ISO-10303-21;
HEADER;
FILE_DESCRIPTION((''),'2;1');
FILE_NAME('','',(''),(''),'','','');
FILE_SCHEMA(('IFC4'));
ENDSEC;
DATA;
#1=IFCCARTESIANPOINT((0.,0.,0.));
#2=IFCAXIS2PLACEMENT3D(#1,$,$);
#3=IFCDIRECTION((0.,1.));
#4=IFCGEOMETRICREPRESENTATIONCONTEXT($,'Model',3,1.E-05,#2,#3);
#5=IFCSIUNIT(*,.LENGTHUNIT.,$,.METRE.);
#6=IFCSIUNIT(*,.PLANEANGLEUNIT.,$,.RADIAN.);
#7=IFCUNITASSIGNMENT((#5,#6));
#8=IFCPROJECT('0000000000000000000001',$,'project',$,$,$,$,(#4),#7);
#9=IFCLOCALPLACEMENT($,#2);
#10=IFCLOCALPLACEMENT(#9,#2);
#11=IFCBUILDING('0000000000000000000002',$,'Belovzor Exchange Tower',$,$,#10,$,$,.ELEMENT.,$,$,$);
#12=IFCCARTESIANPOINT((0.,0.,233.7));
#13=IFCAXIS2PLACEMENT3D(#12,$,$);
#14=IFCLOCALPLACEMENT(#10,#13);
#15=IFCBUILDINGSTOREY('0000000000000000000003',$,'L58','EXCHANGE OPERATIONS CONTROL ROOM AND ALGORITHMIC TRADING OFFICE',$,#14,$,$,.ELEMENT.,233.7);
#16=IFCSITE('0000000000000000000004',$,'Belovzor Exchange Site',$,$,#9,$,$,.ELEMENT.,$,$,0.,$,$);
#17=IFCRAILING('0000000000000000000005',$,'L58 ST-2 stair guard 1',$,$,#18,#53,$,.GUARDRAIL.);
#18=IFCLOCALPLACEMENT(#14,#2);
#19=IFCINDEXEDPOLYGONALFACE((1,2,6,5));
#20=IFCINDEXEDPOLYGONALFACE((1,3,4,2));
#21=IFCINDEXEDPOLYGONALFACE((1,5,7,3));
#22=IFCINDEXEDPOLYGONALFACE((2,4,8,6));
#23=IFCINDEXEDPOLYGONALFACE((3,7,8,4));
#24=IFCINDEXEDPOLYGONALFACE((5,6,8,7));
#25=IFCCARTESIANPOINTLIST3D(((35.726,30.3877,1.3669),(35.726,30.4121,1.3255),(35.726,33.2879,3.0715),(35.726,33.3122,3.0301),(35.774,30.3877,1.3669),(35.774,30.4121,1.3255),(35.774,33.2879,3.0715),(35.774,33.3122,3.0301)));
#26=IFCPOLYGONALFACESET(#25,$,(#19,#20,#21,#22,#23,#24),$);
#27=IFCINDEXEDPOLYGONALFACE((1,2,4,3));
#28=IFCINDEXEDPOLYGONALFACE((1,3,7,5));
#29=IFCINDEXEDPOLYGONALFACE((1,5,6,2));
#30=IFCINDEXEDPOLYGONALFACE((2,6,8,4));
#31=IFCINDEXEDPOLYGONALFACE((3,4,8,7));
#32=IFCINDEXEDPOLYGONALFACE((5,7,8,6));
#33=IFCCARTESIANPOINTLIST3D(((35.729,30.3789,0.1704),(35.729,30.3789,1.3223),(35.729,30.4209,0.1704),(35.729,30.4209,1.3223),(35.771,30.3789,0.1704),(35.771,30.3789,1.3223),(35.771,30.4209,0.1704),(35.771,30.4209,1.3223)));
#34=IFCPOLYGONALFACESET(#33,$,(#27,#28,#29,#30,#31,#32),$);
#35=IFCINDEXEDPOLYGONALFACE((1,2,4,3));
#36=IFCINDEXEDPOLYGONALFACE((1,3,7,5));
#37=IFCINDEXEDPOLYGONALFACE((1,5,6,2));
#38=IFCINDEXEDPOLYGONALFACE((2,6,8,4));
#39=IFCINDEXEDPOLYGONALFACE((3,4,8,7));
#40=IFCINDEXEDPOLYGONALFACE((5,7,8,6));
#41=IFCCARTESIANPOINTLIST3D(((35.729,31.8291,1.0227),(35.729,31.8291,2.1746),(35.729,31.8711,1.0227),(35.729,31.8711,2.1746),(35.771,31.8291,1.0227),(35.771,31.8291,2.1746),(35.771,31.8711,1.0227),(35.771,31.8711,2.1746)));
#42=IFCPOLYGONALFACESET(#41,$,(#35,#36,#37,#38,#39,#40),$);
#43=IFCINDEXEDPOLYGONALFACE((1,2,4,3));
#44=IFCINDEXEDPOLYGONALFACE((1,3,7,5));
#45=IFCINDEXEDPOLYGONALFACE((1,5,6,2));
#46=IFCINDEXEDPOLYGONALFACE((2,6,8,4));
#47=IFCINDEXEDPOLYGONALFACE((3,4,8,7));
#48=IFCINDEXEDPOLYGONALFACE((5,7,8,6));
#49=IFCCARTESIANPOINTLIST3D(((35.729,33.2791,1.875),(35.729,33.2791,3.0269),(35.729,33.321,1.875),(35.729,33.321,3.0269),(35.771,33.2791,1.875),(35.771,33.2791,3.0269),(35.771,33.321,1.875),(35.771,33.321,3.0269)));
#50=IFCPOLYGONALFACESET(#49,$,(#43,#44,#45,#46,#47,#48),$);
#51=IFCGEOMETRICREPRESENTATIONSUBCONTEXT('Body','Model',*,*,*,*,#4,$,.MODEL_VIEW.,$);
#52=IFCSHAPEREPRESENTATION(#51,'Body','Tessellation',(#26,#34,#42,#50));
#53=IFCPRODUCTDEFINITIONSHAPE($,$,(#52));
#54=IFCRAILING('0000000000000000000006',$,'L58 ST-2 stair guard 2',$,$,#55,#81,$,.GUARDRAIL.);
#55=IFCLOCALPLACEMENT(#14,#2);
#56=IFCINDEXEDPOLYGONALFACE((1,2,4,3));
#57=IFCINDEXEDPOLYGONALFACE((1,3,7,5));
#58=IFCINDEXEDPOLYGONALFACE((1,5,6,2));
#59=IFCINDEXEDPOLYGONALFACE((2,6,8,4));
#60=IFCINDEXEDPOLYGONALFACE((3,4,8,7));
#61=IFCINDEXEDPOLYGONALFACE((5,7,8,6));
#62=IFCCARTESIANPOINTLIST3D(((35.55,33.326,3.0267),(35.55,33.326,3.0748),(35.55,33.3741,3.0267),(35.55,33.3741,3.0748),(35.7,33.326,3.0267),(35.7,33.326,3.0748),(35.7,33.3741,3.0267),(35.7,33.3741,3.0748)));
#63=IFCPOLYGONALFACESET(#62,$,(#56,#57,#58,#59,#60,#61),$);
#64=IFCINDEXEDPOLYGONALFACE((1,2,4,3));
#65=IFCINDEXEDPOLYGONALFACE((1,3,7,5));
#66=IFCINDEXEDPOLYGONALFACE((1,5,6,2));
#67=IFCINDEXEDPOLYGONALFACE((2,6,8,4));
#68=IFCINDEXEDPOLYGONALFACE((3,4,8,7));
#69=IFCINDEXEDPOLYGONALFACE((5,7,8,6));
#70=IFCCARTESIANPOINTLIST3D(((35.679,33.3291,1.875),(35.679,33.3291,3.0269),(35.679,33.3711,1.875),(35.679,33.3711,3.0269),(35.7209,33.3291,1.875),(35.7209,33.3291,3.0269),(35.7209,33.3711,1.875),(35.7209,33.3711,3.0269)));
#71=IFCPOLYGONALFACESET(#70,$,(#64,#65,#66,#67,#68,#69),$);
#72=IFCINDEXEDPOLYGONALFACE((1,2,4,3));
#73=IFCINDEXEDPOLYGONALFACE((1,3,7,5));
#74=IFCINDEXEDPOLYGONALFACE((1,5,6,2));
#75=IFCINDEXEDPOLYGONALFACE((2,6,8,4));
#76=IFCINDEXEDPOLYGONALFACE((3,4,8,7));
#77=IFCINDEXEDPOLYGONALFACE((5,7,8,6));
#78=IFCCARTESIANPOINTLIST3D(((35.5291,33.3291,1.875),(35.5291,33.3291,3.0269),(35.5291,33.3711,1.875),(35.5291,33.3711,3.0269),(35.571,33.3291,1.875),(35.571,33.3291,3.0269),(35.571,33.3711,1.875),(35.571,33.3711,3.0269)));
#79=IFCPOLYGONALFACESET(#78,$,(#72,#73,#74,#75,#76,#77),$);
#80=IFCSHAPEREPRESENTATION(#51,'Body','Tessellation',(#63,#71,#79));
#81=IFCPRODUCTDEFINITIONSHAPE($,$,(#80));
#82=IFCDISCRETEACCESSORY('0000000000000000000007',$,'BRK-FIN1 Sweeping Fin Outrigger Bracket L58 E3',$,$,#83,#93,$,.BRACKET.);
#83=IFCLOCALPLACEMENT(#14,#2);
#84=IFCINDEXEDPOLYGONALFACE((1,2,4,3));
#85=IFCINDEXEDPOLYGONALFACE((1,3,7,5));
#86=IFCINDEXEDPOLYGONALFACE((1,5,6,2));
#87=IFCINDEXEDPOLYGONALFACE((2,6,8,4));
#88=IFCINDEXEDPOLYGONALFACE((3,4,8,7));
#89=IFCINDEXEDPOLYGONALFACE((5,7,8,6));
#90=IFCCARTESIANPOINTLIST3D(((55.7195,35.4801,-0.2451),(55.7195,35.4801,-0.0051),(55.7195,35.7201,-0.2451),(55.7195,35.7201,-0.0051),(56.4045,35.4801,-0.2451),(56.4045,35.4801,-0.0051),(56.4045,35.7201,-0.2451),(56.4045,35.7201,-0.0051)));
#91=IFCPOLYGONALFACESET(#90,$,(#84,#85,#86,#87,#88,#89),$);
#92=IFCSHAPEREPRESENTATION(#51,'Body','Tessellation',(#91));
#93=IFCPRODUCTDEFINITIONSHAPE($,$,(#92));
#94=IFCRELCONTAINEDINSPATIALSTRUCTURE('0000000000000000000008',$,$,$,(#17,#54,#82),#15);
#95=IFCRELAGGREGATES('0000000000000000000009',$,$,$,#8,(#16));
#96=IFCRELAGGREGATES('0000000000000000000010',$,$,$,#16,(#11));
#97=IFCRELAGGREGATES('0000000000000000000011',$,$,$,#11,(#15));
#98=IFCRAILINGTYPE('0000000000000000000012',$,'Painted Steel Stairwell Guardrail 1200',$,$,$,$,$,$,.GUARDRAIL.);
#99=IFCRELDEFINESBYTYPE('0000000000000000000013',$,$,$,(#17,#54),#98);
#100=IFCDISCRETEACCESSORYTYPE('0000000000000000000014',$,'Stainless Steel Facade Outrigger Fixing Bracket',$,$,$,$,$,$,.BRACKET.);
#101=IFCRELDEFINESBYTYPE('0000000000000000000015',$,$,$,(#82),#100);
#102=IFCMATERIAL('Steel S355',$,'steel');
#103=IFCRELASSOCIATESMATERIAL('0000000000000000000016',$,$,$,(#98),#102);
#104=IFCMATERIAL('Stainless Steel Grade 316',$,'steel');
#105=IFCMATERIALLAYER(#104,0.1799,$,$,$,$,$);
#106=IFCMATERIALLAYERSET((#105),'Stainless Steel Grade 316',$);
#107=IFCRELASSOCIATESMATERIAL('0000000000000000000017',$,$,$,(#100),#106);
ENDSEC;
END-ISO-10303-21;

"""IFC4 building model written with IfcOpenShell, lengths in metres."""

from ifc_helpers import new_model, si_unit, direction, frame, origin, origin_2d, place, context, subcontext, project, spatial, rectangle, extrude, material, layer, layer_set, type_object, element, save


model = new_model("IFC4")

# Units and contexts
model_context = context("Model", 3, precision=1e-05, world=origin(), true_north=direction((0.0, 1.0)))
body_context = subcontext(model_context, "Body", "Model", "MODEL_VIEW")
ifc_project = project(units=[si_unit("LENGTHUNIT", "METRE"), si_unit("PLANEANGLEUNIT", "RADIAN")], contexts=[model_context])

# Site, building, storey
site_placement = place(None, origin())
site = spatial("IfcSite", under=ifc_project, at=site_placement, Name="Belovzor Exchange Site", CompositionType="ELEMENT", RefElevation=0.0)
building_placement = place(site_placement, origin())
building = spatial("IfcBuilding", under=site, at=building_placement, Name="Belovzor Exchange Tower", CompositionType="ELEMENT")
storey_placement = place(building_placement, frame((0.0, 0.0, 233.7)))
storey = spatial("IfcBuildingStorey", under=building, at=storey_placement, Name="L58", Description="EXCHANGE OPERATIONS CONTROL ROOM AND ALGORITHMIC TRADING OFFICE", CompositionType="ELEMENT", Elevation=233.7)

# Railings
ifc_material_1 = material(Name="Steel S355", Category="steel")
railing_type_1 = type_object("IfcRailingType", Name="Painted Steel Stairwell Guardrail 1200", PredefinedType="GUARDRAIL", material=ifc_material_1)
railing_1_placement = place(storey_placement, frame((35.75, 30.3999, 0.1704)))
element("IfcRailing", 1, at=railing_1_placement, inside=storey, type_object=railing_type_1, Name="L58 ST-2 stair guard 1", PredefinedType="GUARDRAIL", context=body_context, shape_type="SweptSolid", body=[
    extrude(rectangle(XDim=0.0481, YDim=0.0481, at=origin_2d()), frame((0.0, 0.0, 1.1758), z_axis=(0.0, 0.862113, 0.506716), x_axis=(-1.0, 0.0, 0.0)), (0.0, 0.0, 1.0), 3.364),
    extrude(rectangle(XDim=0.042, YDim=0.042, at=origin_2d()), origin(), (0.0, 0.0, 1.0), 1.1519),
    extrude(rectangle(XDim=0.042, YDim=0.042, at=origin_2d()), frame((0.0, 1.4502, 0.8523)), (0.0, 0.0, 1.0), 1.1519),
    extrude(rectangle(XDim=0.042, YDim=0.042, at=origin_2d()), frame((0.0, 2.9001, 1.7046)), (0.0, 0.0, 1.0), 1.1519),
])
railing_2_placement = place(storey_placement, frame((35.7, 33.3501, 1.875)))
element("IfcRailing", 2, at=railing_2_placement, inside=storey, type_object=railing_type_1, Name="L58 ST-2 stair guard 2", PredefinedType="GUARDRAIL", context=body_context, shape_type="SweptSolid", body=[
    extrude(rectangle(XDim=0.0481, YDim=0.0481, at=origin_2d()), frame((0.0, 0.0, 1.1758), z_axis=(-1.0, 0.0, 0.0), x_axis=(0.0, -1.0, 0.0)), (0.0, 0.0, 1.0), 0.1499),
    extrude(rectangle(XDim=0.042, YDim=0.042, at=origin_2d()), origin(), (0.0, 0.0, 1.0), 1.1519),
    extrude(rectangle(XDim=0.042, YDim=0.042, at=origin_2d()), frame((-0.1499, 0.0, 0.0)), (0.0, 0.0, 1.0), 1.1519),
])

# Discrete accessory
ifc_material_2 = material(Name="Stainless Steel Grade 316", Category="steel")
ifc_layer_1 = layer(ifc_material_2, 0.1799)
ifc_layer_set_1 = layer_set([ifc_layer_1], Name="Stainless Steel Grade 316")
discrete_accessory_type = type_object("IfcDiscreteAccessoryType", Name="Stainless Steel Facade Outrigger Fixing Bracket", PredefinedType="BRACKET", material=ifc_layer_set_1)
discrete_accessory_placement = place(storey_placement, frame((56.062, 35.6001, -0.2451), z_axis=(0.0, 0.0, 1.0), x_axis=(1.0, 0.0, 0.0)))
element("IfcDiscreteAccessory", 3, at=discrete_accessory_placement, inside=storey, type_object=discrete_accessory_type, Name="BRK-FIN1 Sweeping Fin Outrigger Bracket L58 E3", PredefinedType="BRACKET", context=body_context, shape_type="SweptSolid", body=[
    extrude(rectangle(XDim=0.6851, YDim=0.24, at=origin_2d()), origin(), (0.0, 0.0, 1.0), 0.24),
])

save(model, "model.ifc")
